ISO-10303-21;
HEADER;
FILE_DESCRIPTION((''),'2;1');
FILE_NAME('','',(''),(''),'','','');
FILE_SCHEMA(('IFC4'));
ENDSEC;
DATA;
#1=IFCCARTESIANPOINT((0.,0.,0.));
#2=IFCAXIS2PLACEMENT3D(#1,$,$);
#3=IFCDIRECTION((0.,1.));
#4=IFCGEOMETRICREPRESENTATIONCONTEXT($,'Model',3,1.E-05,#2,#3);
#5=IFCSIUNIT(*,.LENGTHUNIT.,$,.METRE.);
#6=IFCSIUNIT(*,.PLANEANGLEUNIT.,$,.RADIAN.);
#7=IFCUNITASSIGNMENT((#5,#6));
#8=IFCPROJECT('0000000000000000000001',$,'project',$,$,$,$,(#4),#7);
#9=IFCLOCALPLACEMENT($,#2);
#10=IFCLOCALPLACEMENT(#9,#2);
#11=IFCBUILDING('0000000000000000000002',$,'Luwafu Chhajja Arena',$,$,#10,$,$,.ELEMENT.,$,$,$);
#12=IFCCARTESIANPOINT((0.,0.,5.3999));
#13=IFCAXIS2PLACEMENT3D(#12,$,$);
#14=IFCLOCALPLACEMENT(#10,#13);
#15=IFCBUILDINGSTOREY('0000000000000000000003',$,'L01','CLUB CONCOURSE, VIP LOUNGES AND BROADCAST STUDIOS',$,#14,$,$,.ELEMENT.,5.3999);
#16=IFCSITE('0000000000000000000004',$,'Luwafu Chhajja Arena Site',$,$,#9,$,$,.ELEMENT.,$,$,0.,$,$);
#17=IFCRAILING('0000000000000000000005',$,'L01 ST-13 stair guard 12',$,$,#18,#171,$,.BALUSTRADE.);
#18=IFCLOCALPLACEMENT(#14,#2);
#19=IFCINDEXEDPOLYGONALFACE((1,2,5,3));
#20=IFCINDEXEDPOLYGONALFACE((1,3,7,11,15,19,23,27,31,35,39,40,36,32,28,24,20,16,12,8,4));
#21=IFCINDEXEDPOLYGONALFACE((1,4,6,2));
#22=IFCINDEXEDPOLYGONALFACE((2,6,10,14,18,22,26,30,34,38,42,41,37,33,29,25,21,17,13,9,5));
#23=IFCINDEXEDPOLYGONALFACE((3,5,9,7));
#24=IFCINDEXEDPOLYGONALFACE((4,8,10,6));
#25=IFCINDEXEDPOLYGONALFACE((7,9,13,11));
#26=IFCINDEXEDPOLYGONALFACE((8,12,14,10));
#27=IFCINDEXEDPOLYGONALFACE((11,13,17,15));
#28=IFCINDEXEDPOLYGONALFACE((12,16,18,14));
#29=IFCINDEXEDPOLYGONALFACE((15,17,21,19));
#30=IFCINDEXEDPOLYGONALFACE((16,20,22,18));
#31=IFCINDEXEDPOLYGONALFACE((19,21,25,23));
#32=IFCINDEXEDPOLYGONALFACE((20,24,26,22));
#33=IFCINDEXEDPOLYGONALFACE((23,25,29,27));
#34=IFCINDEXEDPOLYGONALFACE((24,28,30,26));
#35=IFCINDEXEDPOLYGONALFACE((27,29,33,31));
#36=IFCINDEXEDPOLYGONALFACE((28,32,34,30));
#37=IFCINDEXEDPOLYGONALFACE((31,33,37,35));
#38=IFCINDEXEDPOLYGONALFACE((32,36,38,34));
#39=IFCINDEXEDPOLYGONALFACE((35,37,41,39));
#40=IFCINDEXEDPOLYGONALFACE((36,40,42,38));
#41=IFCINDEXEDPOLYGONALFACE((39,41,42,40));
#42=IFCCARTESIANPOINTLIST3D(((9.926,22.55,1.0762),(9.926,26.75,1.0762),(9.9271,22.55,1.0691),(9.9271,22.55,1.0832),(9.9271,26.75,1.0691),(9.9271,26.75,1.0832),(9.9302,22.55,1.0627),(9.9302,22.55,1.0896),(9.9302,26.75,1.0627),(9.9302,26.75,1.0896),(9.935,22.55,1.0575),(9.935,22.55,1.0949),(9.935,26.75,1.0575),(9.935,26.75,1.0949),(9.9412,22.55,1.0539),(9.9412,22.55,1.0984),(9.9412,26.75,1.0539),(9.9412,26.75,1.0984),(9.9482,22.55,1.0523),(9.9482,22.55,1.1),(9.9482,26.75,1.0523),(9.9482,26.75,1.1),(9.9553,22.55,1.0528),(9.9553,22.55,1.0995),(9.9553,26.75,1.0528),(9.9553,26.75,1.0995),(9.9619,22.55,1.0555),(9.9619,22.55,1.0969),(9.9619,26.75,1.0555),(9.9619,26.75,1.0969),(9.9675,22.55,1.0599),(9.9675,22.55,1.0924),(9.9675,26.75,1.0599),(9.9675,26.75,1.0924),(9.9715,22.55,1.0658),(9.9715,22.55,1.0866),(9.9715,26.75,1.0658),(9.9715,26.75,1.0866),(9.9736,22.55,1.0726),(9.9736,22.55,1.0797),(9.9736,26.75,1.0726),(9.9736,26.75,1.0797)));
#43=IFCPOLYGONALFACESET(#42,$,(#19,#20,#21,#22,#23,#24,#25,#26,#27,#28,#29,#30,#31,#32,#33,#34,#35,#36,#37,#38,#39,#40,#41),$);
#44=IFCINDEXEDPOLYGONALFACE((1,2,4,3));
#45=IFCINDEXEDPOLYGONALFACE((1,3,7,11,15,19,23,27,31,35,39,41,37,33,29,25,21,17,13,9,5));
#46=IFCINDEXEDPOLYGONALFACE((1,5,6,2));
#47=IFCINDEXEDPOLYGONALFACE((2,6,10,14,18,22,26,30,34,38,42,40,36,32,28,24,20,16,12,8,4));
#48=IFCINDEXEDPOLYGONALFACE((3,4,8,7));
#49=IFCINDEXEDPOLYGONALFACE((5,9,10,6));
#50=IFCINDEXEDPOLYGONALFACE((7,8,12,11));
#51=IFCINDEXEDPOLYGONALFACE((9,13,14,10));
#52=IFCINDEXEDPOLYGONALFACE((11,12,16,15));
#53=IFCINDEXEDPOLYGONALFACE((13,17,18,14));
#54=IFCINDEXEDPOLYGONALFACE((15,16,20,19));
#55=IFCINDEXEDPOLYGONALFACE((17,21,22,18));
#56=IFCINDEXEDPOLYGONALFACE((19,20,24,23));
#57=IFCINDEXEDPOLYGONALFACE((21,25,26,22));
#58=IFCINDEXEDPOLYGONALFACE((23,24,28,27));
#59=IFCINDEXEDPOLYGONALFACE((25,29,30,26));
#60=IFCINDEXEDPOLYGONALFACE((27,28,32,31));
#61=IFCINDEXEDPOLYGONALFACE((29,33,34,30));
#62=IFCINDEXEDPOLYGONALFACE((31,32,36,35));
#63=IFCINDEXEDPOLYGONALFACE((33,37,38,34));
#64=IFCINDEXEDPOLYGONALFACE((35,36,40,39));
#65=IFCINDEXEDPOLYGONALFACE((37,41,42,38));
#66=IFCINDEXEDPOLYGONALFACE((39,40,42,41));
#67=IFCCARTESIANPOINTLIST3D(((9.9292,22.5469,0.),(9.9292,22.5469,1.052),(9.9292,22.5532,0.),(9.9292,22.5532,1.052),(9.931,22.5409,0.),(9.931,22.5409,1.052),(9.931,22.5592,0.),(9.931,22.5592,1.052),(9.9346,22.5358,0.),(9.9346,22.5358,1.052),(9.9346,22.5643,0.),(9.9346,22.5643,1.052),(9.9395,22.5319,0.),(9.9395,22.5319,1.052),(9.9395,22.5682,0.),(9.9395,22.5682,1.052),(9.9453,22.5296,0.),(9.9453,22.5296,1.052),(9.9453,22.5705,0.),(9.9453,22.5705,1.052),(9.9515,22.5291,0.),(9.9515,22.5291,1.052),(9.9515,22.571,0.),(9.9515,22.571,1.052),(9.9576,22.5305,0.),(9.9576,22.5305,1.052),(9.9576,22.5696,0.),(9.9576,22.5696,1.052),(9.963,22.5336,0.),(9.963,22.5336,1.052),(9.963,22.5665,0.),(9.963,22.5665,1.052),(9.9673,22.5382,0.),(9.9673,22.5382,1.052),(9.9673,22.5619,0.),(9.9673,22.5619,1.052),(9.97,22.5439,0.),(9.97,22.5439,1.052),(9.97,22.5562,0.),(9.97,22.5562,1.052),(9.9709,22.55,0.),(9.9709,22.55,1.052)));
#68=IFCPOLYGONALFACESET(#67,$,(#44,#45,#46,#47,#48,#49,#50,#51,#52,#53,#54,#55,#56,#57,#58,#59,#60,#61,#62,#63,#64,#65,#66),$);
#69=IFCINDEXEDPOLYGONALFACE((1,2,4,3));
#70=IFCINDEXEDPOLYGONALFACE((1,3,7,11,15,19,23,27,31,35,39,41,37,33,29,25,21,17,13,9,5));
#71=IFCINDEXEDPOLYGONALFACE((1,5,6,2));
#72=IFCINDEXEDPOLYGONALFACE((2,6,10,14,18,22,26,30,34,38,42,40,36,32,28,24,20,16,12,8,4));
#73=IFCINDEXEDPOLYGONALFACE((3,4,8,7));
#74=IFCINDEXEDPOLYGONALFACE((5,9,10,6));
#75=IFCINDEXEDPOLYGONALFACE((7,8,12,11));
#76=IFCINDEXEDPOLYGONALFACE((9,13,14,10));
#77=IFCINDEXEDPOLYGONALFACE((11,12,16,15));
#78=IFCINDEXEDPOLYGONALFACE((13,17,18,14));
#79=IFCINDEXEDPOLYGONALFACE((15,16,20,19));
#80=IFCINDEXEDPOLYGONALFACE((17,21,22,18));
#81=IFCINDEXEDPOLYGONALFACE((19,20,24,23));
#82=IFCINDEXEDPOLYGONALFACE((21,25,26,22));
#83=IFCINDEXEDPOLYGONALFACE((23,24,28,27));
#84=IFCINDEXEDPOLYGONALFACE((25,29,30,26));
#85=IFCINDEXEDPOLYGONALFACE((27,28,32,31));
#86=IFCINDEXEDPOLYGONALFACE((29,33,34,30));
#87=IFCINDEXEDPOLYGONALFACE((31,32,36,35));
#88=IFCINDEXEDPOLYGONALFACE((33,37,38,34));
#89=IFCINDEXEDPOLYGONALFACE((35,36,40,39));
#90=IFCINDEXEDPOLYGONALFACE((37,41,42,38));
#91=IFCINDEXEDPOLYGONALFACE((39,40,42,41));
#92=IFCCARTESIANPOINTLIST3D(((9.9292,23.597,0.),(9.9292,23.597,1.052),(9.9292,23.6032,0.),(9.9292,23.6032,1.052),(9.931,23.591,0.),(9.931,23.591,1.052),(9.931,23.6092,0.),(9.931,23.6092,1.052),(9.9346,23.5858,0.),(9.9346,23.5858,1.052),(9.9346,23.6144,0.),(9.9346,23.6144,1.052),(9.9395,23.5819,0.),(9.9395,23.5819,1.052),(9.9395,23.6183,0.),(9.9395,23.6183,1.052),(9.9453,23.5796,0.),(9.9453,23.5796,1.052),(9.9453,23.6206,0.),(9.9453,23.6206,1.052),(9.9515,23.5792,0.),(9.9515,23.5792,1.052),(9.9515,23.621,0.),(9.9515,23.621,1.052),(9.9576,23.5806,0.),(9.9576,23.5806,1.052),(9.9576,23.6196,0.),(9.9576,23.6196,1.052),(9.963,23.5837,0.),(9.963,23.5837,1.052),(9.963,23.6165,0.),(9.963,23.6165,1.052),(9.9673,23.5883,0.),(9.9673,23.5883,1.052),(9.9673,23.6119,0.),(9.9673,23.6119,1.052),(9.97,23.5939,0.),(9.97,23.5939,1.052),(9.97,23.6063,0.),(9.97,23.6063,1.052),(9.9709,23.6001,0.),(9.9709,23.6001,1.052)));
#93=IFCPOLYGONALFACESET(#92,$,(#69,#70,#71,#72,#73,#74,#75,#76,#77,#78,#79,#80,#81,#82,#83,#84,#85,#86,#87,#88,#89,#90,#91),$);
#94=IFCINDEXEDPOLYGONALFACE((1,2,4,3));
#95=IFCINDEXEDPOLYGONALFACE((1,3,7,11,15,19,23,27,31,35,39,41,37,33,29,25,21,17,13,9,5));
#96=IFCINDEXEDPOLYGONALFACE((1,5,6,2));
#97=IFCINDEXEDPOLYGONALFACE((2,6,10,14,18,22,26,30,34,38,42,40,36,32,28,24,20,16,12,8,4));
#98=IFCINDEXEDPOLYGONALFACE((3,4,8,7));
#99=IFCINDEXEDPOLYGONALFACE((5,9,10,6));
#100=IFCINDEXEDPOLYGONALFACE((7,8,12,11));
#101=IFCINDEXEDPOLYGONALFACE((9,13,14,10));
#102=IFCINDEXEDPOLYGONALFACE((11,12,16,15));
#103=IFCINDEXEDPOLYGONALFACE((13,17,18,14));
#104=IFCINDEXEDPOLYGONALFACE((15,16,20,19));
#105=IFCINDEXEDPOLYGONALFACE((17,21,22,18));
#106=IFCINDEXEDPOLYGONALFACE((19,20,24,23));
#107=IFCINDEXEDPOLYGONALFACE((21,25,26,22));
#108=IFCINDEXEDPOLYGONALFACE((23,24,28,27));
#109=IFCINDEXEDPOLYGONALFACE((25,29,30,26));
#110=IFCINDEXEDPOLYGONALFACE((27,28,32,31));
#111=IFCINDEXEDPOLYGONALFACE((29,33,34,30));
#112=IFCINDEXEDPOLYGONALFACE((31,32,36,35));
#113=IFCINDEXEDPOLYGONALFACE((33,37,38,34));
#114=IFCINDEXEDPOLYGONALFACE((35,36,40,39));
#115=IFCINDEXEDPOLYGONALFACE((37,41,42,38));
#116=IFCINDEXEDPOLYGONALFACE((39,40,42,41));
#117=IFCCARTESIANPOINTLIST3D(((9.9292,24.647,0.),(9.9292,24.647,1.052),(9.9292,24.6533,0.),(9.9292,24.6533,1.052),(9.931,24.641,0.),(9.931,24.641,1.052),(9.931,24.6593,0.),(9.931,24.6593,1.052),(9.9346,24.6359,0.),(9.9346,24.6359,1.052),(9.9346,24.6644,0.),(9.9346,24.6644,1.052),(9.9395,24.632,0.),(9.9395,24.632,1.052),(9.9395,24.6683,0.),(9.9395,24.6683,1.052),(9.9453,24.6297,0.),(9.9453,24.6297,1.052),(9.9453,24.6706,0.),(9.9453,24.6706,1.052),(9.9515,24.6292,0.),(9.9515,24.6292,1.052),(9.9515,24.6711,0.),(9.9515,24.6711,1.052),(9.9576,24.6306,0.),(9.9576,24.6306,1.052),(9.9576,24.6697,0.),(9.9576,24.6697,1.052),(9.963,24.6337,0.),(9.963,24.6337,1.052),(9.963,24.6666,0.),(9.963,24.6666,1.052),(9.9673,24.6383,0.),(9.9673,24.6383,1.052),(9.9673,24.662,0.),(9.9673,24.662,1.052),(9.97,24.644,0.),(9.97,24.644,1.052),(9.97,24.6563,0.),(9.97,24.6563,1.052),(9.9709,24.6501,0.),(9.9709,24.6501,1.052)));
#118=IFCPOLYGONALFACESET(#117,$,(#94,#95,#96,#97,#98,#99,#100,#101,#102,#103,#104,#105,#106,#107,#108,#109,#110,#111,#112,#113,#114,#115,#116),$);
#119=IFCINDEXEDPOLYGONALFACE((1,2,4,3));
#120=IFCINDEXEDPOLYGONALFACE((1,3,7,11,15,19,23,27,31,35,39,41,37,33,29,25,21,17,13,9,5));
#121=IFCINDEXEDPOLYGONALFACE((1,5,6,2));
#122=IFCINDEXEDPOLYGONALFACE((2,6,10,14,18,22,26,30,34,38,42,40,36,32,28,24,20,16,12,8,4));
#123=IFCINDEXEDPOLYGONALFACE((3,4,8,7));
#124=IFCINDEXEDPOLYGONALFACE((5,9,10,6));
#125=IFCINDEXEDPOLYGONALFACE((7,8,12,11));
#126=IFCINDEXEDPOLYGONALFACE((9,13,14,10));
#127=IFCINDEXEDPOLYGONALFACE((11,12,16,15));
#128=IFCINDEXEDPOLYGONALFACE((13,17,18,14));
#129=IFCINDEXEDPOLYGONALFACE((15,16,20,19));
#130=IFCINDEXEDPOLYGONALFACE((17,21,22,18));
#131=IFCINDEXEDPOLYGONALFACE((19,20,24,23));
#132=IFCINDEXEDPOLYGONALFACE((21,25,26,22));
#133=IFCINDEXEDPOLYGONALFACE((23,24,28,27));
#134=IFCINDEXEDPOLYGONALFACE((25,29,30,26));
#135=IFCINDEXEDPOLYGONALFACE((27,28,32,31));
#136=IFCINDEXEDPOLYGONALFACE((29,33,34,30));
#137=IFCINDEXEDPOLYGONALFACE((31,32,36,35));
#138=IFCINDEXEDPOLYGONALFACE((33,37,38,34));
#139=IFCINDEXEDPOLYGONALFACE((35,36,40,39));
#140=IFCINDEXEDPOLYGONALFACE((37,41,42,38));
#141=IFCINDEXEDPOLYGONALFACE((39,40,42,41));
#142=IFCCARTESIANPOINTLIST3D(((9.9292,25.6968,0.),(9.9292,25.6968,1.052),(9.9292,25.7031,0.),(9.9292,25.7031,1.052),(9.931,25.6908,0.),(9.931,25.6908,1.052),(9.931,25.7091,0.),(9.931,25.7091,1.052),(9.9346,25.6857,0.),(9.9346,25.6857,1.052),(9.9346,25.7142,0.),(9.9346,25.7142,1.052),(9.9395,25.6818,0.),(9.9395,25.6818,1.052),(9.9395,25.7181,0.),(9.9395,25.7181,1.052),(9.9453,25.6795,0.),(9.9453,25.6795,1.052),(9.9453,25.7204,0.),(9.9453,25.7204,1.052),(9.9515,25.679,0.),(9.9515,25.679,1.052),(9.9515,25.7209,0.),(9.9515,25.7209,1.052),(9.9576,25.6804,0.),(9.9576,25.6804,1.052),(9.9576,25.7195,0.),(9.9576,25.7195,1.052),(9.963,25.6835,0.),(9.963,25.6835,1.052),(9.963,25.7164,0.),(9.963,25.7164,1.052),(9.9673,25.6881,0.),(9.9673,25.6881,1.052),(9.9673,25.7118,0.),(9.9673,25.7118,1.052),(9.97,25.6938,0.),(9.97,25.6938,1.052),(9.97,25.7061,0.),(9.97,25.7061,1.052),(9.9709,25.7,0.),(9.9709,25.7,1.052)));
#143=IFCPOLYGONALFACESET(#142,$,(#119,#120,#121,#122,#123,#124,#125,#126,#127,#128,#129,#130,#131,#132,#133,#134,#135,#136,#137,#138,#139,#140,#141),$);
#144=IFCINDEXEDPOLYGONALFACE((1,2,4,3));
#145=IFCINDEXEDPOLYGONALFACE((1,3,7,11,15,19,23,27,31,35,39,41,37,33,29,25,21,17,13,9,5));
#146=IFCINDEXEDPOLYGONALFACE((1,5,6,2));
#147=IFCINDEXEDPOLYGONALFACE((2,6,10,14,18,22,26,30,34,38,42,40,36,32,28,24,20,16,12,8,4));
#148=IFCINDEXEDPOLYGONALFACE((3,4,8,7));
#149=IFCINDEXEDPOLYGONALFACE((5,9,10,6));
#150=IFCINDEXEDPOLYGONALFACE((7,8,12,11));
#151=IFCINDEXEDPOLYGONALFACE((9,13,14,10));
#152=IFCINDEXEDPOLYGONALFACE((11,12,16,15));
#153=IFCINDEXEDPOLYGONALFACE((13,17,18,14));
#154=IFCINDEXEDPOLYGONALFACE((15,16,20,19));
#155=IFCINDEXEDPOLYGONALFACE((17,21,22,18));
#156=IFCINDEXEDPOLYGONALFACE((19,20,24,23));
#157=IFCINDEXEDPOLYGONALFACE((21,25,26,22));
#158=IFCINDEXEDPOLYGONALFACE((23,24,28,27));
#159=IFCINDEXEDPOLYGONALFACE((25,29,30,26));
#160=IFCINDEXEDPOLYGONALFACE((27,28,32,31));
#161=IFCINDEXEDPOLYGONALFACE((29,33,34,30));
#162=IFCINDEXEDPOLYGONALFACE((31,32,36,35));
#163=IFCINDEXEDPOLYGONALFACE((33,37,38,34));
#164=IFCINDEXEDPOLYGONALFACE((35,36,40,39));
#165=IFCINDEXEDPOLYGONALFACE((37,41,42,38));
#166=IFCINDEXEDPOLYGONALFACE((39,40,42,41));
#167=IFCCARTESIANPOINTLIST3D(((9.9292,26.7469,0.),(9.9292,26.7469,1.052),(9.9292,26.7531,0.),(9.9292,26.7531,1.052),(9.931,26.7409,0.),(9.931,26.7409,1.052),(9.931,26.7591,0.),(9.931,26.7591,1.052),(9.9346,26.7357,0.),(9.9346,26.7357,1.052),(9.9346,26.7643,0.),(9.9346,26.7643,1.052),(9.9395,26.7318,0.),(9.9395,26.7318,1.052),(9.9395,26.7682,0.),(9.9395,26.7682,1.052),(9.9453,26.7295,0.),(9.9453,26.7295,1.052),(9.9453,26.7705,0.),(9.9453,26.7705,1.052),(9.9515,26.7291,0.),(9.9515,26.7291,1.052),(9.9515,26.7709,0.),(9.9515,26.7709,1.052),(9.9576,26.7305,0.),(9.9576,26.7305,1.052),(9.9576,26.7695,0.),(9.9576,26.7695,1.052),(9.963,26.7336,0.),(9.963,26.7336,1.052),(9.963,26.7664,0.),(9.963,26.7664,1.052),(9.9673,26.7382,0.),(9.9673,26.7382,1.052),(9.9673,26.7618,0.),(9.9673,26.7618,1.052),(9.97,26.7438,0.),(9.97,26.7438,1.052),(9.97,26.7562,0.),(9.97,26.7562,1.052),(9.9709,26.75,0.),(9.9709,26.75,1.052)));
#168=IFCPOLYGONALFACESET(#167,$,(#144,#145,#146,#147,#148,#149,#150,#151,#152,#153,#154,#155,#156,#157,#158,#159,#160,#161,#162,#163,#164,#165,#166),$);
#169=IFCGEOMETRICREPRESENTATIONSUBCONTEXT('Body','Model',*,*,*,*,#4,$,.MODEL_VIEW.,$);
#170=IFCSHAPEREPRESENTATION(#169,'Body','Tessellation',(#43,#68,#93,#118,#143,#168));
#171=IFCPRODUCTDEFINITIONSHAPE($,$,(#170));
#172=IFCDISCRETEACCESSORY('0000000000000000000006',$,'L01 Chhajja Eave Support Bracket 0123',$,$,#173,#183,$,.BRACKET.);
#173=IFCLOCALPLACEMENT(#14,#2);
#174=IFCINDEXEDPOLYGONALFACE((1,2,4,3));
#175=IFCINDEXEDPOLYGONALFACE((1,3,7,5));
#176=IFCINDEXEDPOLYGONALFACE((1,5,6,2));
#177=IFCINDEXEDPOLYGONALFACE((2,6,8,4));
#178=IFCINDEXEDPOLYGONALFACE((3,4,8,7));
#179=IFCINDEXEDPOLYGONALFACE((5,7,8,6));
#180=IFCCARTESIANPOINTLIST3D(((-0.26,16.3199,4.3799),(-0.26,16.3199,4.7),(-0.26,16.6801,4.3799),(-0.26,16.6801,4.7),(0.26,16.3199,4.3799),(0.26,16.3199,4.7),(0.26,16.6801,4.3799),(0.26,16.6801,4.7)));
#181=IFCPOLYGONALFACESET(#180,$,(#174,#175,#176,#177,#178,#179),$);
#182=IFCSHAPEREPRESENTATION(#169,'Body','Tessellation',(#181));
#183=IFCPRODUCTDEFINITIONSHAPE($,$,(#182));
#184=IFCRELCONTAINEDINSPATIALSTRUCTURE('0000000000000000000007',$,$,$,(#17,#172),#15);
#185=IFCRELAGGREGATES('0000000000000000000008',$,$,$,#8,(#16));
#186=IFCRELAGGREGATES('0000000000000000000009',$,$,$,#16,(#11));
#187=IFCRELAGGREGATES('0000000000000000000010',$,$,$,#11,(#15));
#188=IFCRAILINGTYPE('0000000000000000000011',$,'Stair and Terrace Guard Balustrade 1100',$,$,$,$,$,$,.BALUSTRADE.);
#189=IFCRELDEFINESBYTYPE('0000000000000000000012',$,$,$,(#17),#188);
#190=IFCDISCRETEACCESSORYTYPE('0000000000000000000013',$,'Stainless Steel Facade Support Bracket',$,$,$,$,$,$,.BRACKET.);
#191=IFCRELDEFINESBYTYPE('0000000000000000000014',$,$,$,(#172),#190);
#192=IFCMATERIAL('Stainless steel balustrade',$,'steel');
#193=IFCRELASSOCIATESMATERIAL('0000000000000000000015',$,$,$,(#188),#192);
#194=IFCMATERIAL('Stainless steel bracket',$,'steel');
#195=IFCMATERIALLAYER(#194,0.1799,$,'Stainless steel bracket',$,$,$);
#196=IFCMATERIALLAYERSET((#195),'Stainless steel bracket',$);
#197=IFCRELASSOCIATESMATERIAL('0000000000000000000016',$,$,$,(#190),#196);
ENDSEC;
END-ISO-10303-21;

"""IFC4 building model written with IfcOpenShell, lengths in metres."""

from ifc_helpers import new_model, si_unit, direction, frame, origin, origin_2d, place, context, subcontext, project, spatial, rectangle, circle, extrude, material, layer, layer_set, type_object, element, save


model = new_model("IFC4")

# Units and contexts
model_context = context("Model", 3, precision=1e-05, world=origin(), true_north=direction((0.0, 1.0)))
body_context = subcontext(model_context, "Body", "Model", "MODEL_VIEW")
ifc_project = project(units=[si_unit("LENGTHUNIT", "METRE"), si_unit("PLANEANGLEUNIT", "RADIAN")], contexts=[model_context])

# Site, building, storey
site_placement = place(None, origin())
site = spatial("IfcSite", under=ifc_project, at=site_placement, Name="Luwafu Chhajja Arena Site", CompositionType="ELEMENT", RefElevation=0.0)
building_placement = place(site_placement, origin())
building = spatial("IfcBuilding", under=site, at=building_placement, Name="Luwafu Chhajja Arena", CompositionType="ELEMENT")
storey_placement = place(building_placement, frame((0.0, 0.0, 5.3999)))
storey = spatial("IfcBuildingStorey", under=building, at=storey_placement, Name="L01", Description="CLUB CONCOURSE, VIP LOUNGES AND BROADCAST STUDIOS", CompositionType="ELEMENT", Elevation=5.3999)

# Shared definitions
ifc_material_1 = material(Name="Stainless steel balustrade", Category="steel")

# Railing
railing_type_1 = type_object("IfcRailingType", Name="Stair and Terrace Guard Balustrade 1100", PredefinedType="BALUSTRADE", material=ifc_material_1)
railing_1_placement = place(storey_placement, frame((9.95, 22.55, 0.0)))
element("IfcRailing", 1, at=railing_1_placement, inside=storey, type_object=railing_type_1, Name="L01 ST-13 stair guard 12", PredefinedType="BALUSTRADE", context=body_context, shape_type="SweptSolid", body=[
    extrude(circle(Radius=0.0239, at=origin_2d()), frame((0.0, 0.0, 1.0762), z_axis=(0.0, 1.0, 0.0), x_axis=(-1.0, 0.0, 0.0)), (0.0, 0.0, 1.0), 4.2),
    extrude(circle(Radius=0.021, at=origin_2d()), origin(), (0.0, 0.0, 1.0), 1.052),
    extrude(circle(Radius=0.021, at=origin_2d()), frame((0.0, 1.05, 0.0)), (0.0, 0.0, 1.0), 1.052),
    extrude(circle(Radius=0.021, at=origin_2d()), frame((0.0, 2.1001, 0.0)), (0.0, 0.0, 1.0), 1.052),
    extrude(circle(Radius=0.021, at=origin_2d()), frame((0.0, 3.1499, 0.0)), (0.0, 0.0, 1.0), 1.052),
    extrude(circle(Radius=0.021, at=origin_2d()), frame((0.0, 4.2, 0.0)), (0.0, 0.0, 1.0), 1.052),
])

# Discrete accessory
ifc_material_2 = material(Name="Stainless steel bracket", Category="steel")
ifc_layer_1 = layer(ifc_material_2, 0.1799, Name="Stainless steel bracket")
ifc_layer_set_1 = layer_set([ifc_layer_1], Name="Stainless steel bracket")
discrete_accessory_type = type_object("IfcDiscreteAccessoryType", Name="Stainless Steel Facade Support Bracket", PredefinedType="BRACKET", material=ifc_layer_set_1)
discrete_accessory_placement = place(storey_placement, frame((0.0, 16.5, 4.3799), z_axis=(0.0, 0.0, 1.0), x_axis=(0.0, 1.0, 0.0)))
element("IfcDiscreteAccessory", 2, at=discrete_accessory_placement, inside=storey, type_object=discrete_accessory_type, Name="L01 Chhajja Eave Support Bracket 0123", PredefinedType="BRACKET", context=body_context, shape_type="SweptSolid", body=[
    extrude(rectangle(XDim=0.3601, YDim=0.52, at=origin_2d()), origin(), (0.0, 0.0, 1.0), 0.3201),
])

save(model, "model.ifc")
